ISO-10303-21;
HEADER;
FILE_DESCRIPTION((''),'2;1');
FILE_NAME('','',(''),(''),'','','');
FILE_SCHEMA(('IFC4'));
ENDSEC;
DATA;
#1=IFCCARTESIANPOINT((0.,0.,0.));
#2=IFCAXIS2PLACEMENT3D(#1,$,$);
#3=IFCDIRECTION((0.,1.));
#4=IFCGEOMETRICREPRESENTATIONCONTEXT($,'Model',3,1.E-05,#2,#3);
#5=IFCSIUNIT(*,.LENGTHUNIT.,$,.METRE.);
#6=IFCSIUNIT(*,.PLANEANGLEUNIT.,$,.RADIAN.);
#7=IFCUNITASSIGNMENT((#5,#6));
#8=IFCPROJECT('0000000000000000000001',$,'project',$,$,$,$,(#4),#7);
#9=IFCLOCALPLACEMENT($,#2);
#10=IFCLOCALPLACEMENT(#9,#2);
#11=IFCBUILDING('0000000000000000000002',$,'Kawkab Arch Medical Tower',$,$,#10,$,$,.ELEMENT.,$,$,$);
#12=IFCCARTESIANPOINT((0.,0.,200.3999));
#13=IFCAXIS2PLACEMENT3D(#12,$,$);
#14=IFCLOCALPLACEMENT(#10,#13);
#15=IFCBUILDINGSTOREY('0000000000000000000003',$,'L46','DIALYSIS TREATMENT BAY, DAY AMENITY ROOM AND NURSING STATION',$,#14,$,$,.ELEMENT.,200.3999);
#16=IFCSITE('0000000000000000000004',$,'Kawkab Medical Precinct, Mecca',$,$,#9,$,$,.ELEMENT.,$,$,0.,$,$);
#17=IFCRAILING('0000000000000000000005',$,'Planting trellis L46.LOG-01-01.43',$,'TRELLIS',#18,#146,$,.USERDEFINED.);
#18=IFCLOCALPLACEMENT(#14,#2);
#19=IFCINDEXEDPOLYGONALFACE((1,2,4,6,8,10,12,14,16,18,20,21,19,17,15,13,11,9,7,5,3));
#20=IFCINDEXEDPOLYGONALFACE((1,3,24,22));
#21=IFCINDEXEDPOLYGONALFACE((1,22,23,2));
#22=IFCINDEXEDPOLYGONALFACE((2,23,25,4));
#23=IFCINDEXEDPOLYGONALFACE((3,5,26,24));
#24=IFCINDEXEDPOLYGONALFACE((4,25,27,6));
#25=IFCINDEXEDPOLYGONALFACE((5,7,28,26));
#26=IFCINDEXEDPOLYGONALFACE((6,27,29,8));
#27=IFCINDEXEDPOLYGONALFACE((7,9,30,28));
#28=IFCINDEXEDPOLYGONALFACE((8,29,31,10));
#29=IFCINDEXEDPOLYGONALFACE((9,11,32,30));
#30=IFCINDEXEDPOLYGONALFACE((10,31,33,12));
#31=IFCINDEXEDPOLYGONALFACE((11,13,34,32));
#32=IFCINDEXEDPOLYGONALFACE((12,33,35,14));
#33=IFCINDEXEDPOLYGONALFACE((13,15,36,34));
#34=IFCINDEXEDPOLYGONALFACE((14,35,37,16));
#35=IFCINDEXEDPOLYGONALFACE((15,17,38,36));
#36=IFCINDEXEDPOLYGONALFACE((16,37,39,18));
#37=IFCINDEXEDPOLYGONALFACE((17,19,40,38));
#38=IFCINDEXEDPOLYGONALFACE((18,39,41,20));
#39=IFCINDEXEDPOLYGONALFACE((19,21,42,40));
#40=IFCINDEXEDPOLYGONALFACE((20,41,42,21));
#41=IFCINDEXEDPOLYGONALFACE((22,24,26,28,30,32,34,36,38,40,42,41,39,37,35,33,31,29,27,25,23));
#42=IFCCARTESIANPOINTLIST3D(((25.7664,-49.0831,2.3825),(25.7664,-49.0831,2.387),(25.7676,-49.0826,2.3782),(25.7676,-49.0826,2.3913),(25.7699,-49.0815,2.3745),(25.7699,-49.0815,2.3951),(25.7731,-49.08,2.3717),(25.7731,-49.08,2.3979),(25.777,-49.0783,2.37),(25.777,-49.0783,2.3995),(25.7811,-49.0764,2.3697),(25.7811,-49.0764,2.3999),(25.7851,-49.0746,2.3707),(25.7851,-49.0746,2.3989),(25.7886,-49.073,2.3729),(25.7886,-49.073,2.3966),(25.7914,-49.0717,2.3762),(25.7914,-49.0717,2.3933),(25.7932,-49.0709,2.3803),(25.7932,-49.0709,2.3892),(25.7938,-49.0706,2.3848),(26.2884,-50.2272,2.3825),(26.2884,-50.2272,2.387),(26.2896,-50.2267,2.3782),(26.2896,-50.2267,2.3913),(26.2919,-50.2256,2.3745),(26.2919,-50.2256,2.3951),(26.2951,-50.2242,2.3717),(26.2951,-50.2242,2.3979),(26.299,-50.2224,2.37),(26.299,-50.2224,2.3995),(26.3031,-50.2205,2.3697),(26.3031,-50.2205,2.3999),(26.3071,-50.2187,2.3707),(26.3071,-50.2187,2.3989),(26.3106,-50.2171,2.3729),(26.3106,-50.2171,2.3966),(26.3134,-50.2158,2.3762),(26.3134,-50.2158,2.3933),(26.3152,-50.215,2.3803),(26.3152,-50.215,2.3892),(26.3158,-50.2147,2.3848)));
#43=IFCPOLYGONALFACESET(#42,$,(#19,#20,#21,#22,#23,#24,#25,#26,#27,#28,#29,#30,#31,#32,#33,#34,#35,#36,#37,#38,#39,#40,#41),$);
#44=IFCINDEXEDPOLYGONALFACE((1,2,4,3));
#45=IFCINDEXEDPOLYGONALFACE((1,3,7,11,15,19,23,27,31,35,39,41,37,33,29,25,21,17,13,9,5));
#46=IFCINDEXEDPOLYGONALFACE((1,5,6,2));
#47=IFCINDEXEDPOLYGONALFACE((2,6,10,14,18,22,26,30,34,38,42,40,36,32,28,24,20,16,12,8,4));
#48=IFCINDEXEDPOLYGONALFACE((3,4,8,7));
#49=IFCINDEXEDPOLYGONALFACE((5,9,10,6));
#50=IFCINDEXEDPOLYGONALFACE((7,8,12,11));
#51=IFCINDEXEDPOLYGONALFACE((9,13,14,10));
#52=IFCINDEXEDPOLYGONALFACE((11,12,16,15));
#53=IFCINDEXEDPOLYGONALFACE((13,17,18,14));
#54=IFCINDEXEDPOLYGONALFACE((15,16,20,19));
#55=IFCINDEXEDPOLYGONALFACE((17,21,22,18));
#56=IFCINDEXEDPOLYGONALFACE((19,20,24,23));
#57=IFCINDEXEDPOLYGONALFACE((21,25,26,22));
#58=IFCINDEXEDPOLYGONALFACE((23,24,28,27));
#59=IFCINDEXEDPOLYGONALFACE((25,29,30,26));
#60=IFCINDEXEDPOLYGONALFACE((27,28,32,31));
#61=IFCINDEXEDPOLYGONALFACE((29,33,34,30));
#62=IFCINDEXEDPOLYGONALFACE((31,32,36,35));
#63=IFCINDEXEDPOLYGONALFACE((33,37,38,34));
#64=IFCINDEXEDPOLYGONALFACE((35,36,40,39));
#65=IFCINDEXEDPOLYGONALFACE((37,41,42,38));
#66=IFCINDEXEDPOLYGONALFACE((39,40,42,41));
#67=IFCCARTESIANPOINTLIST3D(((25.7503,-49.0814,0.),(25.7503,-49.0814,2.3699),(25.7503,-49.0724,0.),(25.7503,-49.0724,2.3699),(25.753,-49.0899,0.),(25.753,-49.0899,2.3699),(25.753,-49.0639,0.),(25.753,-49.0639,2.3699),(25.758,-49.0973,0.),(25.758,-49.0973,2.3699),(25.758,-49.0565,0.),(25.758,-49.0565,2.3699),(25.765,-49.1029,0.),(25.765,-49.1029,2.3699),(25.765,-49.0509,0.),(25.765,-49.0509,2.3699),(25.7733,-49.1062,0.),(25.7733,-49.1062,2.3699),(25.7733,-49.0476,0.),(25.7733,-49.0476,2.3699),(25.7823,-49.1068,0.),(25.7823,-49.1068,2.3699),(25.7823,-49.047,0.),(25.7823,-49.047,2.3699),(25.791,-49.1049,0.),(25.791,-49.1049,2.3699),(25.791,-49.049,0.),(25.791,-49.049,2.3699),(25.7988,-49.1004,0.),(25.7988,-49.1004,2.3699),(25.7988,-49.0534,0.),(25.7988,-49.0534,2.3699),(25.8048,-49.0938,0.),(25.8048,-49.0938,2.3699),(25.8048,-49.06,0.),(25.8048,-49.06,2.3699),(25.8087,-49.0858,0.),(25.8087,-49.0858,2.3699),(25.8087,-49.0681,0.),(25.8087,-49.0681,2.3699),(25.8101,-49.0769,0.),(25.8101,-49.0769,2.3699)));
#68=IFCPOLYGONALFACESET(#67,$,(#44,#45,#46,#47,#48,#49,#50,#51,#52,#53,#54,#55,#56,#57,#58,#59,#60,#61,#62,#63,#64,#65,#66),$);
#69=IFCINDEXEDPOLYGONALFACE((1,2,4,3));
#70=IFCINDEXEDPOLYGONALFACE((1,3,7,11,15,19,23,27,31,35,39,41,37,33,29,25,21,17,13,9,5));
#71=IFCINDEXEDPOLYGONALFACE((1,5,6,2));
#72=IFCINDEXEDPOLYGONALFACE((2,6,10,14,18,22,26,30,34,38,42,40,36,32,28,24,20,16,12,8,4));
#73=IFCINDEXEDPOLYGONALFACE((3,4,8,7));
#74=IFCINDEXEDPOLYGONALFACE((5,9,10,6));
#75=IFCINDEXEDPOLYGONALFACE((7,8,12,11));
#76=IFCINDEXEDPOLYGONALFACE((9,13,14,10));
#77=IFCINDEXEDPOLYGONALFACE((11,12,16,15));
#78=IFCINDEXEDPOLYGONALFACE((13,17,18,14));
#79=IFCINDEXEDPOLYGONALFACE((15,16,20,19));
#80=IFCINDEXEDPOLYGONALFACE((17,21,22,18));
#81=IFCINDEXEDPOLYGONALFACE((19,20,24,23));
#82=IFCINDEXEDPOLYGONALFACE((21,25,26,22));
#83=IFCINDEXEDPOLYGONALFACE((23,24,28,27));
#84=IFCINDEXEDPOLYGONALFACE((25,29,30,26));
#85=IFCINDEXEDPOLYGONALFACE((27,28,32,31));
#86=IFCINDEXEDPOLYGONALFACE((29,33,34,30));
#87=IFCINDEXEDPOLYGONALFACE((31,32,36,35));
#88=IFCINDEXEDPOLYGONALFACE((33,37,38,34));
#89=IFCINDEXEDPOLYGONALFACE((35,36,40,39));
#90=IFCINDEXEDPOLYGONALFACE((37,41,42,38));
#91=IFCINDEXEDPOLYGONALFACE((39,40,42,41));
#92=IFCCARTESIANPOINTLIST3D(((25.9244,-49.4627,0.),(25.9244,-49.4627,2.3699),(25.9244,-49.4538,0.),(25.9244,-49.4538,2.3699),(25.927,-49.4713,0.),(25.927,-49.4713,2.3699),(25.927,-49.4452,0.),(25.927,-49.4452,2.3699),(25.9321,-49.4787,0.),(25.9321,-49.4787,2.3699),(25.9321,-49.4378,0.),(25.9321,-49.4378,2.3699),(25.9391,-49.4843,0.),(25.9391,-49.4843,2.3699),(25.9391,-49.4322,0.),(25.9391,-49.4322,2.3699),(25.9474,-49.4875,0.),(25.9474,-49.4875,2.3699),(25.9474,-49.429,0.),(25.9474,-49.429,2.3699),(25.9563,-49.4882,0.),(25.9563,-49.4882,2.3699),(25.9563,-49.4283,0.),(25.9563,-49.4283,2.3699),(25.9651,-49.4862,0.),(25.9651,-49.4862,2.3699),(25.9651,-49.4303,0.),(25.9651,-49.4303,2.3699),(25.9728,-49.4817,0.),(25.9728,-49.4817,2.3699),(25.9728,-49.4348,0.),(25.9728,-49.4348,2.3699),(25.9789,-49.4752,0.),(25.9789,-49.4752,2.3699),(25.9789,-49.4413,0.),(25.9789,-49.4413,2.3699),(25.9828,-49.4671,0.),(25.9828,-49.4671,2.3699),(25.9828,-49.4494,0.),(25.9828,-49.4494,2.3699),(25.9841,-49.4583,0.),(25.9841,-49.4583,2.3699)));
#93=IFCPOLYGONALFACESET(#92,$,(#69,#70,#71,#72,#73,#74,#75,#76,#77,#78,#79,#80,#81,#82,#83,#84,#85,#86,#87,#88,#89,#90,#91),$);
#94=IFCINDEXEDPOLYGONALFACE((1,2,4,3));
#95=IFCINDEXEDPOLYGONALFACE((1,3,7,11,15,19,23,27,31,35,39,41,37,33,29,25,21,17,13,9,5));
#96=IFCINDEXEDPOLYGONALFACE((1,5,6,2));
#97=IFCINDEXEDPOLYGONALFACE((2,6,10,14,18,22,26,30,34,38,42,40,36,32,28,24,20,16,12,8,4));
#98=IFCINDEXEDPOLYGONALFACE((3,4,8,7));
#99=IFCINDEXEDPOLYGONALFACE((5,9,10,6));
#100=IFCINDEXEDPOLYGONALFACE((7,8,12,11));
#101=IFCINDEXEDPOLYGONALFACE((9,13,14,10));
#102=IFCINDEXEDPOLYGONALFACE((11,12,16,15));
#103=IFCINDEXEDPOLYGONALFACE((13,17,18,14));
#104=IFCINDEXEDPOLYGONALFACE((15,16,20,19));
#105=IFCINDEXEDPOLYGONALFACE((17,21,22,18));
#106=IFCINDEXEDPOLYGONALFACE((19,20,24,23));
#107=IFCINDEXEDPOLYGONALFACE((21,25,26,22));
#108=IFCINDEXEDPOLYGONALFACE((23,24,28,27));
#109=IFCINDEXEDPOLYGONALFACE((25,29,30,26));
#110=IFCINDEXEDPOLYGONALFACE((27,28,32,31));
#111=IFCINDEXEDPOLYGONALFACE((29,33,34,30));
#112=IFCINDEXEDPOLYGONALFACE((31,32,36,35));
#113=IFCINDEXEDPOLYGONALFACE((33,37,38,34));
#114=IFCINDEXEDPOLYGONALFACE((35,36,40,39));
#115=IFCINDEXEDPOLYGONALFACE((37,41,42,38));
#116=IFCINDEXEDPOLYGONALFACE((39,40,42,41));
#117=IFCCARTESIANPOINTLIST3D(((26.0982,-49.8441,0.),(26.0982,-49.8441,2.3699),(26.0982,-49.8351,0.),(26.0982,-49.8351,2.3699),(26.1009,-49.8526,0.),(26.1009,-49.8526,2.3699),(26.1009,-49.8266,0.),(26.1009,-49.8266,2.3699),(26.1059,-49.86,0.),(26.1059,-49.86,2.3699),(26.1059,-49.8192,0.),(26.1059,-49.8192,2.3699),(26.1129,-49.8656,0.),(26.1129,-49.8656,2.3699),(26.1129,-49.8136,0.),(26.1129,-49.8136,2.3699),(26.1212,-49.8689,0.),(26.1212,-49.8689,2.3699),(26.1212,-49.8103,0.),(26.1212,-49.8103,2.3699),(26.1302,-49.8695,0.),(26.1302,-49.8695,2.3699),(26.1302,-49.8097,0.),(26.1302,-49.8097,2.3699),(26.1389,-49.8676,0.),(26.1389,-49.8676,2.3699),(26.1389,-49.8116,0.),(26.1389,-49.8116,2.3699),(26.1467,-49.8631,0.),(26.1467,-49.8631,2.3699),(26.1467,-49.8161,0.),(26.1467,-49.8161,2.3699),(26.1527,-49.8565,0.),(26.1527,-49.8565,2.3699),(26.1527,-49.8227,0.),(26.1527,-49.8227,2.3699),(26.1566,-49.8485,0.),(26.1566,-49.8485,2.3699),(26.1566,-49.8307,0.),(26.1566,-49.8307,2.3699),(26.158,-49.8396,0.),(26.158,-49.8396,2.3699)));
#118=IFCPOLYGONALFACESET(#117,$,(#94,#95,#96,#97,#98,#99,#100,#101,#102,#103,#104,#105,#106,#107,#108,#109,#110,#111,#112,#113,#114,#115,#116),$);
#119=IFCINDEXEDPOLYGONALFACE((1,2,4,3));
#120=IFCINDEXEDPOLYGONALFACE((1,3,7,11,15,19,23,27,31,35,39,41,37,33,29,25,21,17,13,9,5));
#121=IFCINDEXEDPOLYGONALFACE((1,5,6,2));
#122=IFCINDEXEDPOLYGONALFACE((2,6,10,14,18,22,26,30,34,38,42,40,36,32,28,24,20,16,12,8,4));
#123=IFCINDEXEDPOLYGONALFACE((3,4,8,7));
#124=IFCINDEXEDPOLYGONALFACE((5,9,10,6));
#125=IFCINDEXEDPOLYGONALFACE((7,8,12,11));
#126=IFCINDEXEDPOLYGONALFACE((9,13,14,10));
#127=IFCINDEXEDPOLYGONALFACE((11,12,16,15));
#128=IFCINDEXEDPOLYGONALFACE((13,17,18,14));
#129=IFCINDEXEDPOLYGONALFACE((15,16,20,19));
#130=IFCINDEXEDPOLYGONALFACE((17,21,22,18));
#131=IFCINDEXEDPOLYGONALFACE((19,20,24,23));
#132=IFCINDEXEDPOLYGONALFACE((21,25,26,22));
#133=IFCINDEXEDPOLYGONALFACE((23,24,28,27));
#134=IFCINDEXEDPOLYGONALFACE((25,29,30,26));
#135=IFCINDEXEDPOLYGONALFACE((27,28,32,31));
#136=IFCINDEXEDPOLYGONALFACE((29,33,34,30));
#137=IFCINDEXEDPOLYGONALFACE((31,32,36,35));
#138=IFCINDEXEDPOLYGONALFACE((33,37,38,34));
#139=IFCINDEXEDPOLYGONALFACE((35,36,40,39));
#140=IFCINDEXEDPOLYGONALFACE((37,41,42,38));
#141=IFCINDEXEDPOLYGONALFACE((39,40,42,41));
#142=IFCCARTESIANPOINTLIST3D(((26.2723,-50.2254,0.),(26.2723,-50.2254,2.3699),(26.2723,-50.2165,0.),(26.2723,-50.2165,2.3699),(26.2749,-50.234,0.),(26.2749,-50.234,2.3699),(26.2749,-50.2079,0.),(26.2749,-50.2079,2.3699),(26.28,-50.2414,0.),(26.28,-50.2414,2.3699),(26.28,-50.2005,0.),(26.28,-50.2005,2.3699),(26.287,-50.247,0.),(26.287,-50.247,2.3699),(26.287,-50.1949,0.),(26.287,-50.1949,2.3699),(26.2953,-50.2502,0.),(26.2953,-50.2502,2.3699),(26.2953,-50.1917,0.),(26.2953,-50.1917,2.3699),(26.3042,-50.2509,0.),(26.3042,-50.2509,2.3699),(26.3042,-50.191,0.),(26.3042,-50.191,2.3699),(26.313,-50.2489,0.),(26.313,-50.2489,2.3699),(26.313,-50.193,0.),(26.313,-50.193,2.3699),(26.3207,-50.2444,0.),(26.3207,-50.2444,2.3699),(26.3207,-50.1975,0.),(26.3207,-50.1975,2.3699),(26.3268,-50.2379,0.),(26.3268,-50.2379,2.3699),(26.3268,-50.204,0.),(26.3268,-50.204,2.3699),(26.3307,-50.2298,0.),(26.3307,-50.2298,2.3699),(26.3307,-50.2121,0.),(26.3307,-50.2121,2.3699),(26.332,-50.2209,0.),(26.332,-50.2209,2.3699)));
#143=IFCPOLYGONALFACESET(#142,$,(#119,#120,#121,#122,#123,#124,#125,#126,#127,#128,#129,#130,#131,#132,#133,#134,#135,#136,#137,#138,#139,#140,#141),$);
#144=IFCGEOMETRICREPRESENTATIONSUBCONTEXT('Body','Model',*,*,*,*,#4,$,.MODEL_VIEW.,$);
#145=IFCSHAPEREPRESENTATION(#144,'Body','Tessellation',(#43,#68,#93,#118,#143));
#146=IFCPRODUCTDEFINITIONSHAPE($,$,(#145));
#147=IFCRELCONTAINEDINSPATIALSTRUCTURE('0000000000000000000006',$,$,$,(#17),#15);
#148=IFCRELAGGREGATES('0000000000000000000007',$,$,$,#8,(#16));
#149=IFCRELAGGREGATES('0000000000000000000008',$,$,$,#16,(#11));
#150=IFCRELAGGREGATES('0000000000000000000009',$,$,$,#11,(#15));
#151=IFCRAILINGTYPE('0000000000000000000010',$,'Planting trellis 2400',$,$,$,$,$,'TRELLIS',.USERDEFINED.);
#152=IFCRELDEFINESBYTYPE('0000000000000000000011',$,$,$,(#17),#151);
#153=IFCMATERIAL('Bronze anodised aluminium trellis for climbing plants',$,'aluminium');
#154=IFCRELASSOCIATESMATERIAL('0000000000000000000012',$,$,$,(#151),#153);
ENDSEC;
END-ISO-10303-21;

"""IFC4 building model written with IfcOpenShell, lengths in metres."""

from ifc_helpers import new_model, si_unit, direction, frame, origin, origin_2d, place, context, subcontext, project, spatial, circle, extrude, material, type_object, element, save


model = new_model("IFC4")

# Units and contexts
model_context = context("Model", 3, precision=1e-05, world=origin(), true_north=direction((0.0, 1.0)))
body_context = subcontext(model_context, "Body", "Model", "MODEL_VIEW")
ifc_project = project(units=[si_unit("LENGTHUNIT", "METRE"), si_unit("PLANEANGLEUNIT", "RADIAN")], contexts=[model_context])

# Site, building, storey
site_placement = place(None, origin())
site = spatial("IfcSite", under=ifc_project, at=site_placement, Name="Kawkab Medical Precinct, Mecca", CompositionType="ELEMENT", RefElevation=0.0)
building_placement = place(site_placement, origin())
building = spatial("IfcBuilding", under=site, at=building_placement, Name="Kawkab Arch Medical Tower", CompositionType="ELEMENT")
storey_placement = place(building_placement, frame((0.0, 0.0, 200.3999)))
storey = spatial("IfcBuildingStorey", under=building, at=storey_placement, Name="L46", Description="DIALYSIS TREATMENT BAY, DAY AMENITY ROOM AND NURSING STATION", CompositionType="ELEMENT", Elevation=200.3999)

# Railing
ifc_material_1 = material(Name="Bronze anodised aluminium trellis for climbing plants", Category="aluminium")
railing_type_1 = type_object("IfcRailingType", Name="Planting trellis 2400", ElementType="TRELLIS", PredefinedType="USERDEFINED", material=ifc_material_1)
railing_1_placement = place(storey_placement, frame((25.78, -49.0769, 0.0)))
element("IfcRailing", 1, at=railing_1_placement, inside=storey, type_object=railing_type_1, Name="Planting trellis L46.LOG-01-01.43", ObjectType="TRELLIS", PredefinedType="USERDEFINED", context=body_context, shape_type="SweptSolid", body=[
    extrude(circle(Radius=0.0151, at=origin_2d()), frame((0.0, 0.0, 2.3848), z_axis=(0.41509, -0.90978, 0.0), x_axis=(0.90978, 0.41509, 0.0)), (0.0, 0.0, 1.0), 1.2576),
    extrude(circle(Radius=0.03, at=origin_2d()), origin(), (0.0, 0.0, 1.0), 2.3699),
    extrude(circle(Radius=0.03, at=origin_2d()), frame((0.1741, -0.3813, 0.0)), (0.0, 0.0, 1.0), 2.3699),
    extrude(circle(Radius=0.03, at=origin_2d()), frame((0.3479, -0.7627, 0.0)), (0.0, 0.0, 1.0), 2.3699),
    extrude(circle(Radius=0.03, at=origin_2d()), frame((0.522, -1.144, 0.0)), (0.0, 0.0, 1.0), 2.3699),
])

save(model, "model.ifc")
